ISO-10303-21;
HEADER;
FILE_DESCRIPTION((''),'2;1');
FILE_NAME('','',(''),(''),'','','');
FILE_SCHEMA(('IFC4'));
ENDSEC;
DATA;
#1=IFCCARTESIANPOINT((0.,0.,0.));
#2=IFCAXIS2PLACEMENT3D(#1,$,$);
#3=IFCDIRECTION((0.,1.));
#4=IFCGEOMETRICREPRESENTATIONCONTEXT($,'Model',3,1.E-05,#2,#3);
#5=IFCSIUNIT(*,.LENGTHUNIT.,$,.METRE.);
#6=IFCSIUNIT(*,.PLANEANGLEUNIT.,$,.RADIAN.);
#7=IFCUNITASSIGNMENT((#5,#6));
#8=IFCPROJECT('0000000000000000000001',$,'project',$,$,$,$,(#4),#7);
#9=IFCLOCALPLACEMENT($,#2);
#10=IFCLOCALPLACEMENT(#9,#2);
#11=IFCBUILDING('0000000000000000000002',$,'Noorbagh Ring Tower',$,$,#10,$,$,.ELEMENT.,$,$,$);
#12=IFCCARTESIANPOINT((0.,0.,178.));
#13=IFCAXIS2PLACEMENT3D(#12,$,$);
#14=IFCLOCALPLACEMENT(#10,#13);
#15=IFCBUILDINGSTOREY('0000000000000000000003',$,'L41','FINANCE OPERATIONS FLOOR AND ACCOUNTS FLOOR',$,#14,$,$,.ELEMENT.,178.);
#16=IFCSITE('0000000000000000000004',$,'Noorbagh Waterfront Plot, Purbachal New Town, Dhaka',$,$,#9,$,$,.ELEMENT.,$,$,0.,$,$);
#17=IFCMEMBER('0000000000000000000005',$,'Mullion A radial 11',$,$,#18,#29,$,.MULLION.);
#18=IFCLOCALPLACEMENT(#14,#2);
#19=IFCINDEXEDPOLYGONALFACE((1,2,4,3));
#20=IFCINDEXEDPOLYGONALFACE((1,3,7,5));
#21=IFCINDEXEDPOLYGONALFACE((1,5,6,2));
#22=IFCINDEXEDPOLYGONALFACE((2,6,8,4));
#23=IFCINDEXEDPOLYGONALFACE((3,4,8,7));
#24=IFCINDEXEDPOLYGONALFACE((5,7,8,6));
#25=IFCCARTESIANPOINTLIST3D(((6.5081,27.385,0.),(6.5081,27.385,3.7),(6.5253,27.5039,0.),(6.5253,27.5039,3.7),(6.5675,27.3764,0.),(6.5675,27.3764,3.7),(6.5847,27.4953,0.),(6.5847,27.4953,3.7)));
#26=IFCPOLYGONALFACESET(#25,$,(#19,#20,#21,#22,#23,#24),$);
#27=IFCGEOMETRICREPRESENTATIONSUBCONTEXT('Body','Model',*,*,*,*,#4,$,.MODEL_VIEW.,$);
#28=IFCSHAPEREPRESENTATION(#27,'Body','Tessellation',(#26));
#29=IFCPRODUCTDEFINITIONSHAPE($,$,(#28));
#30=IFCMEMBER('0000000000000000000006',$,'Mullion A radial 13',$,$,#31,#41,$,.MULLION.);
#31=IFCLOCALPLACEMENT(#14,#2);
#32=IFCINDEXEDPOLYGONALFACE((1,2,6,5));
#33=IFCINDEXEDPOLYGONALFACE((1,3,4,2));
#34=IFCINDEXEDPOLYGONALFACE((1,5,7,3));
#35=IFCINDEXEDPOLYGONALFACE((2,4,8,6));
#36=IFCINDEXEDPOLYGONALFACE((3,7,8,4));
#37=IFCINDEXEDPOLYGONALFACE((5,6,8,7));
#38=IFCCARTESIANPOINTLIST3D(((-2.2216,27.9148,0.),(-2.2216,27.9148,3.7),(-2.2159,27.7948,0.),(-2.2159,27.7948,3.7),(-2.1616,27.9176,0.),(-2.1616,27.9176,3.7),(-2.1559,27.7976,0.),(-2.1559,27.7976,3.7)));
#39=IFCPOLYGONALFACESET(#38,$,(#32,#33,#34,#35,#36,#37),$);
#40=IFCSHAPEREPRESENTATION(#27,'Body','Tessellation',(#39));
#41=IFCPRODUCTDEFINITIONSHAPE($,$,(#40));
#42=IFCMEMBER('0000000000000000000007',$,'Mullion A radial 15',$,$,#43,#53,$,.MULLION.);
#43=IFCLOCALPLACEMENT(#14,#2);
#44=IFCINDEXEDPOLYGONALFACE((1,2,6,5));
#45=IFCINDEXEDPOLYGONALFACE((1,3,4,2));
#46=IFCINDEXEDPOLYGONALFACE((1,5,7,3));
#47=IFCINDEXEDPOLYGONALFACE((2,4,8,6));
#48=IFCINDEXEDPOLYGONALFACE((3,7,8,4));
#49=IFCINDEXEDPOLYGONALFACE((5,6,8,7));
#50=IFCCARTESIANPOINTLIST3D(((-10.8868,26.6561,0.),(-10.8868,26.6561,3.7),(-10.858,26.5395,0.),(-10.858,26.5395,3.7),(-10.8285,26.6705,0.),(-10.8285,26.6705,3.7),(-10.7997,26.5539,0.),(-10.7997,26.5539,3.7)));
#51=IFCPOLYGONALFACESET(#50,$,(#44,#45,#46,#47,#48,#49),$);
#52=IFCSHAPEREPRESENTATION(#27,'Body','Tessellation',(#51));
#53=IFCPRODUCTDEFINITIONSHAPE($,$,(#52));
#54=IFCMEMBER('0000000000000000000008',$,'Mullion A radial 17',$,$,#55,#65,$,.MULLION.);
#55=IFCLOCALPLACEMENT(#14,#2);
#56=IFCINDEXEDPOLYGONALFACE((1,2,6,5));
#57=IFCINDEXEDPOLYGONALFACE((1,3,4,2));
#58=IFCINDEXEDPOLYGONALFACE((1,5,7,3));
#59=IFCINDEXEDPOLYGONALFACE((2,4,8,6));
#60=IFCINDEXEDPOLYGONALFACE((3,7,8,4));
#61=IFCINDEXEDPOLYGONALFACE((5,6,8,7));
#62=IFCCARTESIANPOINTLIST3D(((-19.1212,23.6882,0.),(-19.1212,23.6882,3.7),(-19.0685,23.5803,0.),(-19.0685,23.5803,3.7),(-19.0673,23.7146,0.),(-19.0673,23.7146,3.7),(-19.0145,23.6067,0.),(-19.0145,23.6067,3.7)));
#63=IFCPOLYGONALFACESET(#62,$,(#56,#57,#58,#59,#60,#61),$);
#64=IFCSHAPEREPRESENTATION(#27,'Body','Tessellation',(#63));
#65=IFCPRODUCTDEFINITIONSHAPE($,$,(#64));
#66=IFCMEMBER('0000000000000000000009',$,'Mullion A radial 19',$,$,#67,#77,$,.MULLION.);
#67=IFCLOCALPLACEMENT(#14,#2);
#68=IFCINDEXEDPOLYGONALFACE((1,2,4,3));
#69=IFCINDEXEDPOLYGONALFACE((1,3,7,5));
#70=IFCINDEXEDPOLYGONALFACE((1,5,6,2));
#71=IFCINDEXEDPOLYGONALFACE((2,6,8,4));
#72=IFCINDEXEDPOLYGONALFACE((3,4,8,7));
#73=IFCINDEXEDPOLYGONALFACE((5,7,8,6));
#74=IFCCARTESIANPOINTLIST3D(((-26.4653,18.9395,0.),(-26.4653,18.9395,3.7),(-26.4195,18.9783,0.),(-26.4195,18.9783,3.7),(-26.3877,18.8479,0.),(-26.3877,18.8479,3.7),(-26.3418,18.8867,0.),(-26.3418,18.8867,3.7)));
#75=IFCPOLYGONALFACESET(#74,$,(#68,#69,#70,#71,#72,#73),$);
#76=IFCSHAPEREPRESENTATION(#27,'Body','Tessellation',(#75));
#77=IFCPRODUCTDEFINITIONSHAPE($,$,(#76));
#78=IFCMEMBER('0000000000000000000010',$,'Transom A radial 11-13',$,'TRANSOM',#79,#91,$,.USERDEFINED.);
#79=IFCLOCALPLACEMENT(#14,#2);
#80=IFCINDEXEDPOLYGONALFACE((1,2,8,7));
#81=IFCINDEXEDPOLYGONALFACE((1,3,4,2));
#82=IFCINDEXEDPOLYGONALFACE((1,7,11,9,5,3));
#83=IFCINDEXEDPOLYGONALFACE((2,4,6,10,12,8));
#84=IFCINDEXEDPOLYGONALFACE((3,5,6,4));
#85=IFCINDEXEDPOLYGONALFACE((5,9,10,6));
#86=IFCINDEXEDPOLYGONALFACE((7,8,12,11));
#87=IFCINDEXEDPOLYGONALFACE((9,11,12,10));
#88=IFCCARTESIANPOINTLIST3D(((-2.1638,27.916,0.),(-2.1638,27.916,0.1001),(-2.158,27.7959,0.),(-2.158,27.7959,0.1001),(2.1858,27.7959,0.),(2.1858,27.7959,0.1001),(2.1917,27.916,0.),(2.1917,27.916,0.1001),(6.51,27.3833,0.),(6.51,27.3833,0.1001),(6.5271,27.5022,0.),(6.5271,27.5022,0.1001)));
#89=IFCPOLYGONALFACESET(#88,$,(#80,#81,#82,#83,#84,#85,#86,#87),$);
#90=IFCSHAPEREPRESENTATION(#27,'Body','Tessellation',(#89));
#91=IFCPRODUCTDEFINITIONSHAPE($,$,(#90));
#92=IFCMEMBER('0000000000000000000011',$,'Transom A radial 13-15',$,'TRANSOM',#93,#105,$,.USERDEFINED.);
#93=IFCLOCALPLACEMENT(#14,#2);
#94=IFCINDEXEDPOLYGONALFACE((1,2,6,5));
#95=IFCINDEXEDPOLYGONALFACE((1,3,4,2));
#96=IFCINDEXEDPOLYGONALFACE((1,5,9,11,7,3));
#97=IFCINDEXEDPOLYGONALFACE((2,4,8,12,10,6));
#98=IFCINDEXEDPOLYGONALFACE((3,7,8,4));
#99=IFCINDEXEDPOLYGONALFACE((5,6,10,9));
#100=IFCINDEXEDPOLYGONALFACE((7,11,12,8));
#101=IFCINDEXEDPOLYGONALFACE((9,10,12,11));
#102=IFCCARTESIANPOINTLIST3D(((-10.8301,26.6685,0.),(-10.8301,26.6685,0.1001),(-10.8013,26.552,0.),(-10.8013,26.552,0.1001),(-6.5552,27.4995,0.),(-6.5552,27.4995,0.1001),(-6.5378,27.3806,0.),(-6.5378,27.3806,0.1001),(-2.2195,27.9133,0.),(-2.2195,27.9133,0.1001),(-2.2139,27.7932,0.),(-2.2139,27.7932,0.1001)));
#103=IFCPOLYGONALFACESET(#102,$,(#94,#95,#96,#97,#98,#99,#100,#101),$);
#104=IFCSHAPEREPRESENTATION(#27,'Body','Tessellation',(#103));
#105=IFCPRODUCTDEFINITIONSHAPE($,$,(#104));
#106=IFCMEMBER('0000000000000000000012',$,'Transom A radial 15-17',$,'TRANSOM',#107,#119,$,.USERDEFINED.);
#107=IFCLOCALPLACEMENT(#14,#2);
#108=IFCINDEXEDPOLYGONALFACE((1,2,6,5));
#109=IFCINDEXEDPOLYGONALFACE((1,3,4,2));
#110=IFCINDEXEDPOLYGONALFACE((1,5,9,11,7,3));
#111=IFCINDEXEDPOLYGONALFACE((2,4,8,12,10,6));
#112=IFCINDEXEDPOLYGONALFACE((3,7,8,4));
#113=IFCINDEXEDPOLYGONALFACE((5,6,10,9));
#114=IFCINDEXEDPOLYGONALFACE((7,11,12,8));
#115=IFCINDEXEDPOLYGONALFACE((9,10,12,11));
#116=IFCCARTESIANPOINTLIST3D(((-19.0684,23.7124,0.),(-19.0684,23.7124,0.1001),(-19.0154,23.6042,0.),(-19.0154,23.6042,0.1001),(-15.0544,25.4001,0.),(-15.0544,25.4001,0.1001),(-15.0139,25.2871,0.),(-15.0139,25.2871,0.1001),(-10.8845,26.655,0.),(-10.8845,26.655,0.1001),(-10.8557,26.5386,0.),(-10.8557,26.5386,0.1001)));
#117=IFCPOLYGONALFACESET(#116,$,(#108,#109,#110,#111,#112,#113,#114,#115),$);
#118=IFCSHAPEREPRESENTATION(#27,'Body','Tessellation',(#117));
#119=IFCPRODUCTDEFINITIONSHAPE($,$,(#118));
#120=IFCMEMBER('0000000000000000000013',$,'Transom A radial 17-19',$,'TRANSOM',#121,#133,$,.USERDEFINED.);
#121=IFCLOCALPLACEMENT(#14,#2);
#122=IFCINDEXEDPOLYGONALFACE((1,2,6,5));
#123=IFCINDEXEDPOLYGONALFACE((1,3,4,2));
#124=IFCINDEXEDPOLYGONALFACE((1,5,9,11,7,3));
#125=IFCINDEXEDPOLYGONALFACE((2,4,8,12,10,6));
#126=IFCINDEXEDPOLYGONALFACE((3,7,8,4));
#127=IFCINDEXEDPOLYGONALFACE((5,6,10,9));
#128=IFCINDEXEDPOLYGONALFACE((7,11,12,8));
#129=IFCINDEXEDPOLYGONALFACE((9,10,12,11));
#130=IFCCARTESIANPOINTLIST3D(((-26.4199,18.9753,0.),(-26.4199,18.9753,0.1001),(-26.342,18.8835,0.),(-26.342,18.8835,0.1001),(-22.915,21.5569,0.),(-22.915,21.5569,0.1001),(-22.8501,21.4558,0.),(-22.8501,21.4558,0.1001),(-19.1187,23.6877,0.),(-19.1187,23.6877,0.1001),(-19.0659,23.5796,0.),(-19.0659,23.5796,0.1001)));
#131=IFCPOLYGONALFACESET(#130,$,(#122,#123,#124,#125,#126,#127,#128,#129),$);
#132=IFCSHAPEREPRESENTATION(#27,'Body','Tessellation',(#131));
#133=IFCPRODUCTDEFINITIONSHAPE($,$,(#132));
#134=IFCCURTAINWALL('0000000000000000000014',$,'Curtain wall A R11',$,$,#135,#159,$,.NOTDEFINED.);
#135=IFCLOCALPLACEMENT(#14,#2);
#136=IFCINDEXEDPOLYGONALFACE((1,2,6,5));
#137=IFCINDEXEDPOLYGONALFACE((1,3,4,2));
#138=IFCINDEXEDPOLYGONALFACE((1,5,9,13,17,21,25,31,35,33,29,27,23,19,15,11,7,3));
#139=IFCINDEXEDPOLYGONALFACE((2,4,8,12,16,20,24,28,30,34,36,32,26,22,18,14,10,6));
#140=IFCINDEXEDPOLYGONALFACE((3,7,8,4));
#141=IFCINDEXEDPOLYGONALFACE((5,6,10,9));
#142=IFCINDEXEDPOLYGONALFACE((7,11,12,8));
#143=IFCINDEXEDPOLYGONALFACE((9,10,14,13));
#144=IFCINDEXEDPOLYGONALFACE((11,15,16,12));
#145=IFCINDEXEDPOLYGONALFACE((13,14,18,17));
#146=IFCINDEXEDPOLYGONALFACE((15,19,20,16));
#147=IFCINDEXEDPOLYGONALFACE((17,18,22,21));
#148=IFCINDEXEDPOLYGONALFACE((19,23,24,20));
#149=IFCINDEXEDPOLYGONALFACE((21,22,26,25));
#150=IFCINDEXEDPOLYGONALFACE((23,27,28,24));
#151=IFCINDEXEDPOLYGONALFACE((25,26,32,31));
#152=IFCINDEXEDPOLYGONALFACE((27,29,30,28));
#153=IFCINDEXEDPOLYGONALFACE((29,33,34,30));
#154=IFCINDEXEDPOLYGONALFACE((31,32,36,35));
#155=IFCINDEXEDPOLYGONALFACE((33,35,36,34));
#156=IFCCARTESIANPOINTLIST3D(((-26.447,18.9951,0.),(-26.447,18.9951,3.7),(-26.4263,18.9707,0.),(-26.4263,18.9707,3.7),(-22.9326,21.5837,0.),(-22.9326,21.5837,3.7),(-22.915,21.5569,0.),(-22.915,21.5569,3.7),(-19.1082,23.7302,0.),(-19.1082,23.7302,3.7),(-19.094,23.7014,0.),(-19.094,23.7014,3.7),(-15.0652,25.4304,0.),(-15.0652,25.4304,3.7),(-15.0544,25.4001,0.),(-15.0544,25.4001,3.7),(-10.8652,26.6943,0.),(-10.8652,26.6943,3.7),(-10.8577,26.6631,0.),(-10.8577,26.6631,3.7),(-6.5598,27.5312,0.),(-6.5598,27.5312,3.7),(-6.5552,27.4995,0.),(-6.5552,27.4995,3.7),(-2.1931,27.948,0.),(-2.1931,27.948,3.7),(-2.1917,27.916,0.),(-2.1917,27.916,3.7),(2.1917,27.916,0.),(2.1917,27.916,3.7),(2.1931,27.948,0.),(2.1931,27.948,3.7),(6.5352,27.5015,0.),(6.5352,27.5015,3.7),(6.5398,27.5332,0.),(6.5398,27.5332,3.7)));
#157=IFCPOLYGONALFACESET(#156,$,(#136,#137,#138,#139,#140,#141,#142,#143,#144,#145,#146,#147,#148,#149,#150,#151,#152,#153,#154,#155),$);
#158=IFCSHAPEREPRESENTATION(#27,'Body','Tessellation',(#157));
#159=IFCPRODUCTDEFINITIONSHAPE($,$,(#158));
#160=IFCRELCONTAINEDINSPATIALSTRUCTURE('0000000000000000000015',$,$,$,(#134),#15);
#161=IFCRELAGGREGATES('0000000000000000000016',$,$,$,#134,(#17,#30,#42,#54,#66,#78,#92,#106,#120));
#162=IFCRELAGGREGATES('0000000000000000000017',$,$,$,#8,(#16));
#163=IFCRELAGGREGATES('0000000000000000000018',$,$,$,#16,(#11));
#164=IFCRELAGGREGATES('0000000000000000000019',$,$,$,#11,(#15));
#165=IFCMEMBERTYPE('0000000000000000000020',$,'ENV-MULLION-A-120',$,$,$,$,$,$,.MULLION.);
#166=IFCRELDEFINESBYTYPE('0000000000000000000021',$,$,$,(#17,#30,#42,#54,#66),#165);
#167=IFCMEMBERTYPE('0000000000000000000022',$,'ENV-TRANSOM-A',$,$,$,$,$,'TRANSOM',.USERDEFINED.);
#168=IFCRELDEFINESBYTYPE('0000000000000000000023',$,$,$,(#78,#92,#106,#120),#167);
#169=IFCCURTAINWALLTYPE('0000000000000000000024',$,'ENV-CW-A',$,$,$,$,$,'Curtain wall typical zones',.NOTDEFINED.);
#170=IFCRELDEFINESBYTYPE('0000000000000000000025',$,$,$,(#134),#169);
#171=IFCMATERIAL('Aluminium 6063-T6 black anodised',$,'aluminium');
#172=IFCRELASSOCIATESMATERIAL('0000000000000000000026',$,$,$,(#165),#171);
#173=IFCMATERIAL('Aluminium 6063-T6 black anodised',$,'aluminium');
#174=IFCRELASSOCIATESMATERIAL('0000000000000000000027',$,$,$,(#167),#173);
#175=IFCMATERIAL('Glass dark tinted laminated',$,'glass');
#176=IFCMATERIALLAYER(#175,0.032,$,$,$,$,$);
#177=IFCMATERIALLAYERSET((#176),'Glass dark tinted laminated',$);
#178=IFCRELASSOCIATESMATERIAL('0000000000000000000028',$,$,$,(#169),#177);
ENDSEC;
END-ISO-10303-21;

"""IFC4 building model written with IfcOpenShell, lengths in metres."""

from ifc_helpers import new_model, si_unit, direction, frame, origin, origin_2d, place, context, subcontext, project, spatial, polyline, rectangle, outline, extrude, material, layer, layer_set, material_profile, profile_set, type_object, element, aggregate, save


model = new_model("IFC4")

# Units and contexts
model_context = context("Model", 3, precision=1e-05, world=origin(), true_north=direction((0.0, 1.0)))
body_context = subcontext(model_context, "Body", "Model", "MODEL_VIEW")
ifc_project = project(units=[si_unit("LENGTHUNIT", "METRE"), si_unit("PLANEANGLEUNIT", "RADIAN")], contexts=[model_context])

# Members
ifc_material_1 = material(Name="Aluminium 6063-T6 black anodised", Category="aluminium")
ifc_material_profile = material_profile(ifc_material_1, rectangle(XDim=0.1201, YDim=0.0601, at=origin_2d()), Name="120x60")
ifc_profile_set = profile_set([ifc_material_profile], Name="Aluminium 6063-T6 black anodised")
member_type_1 = type_object("IfcMemberType", Name="ENV-MULLION-A-120", PredefinedType="MULLION", material=ifc_profile_set)
site_placement = place(None, origin())
building_placement = place(site_placement, origin())
storey_placement = place(building_placement, frame((0.0, 0.0, 178.0)))
member_1_placement = place(storey_placement, frame((6.5464, 27.4402, 0.0), z_axis=(0.0, 0.0, 1.0), x_axis=(-0.143082, -0.989711, 0.0)))
member_1 = element("IfcMember", 1, at=member_1_placement, type_object=member_type_1, Name="Mullion A radial 11", PredefinedType="MULLION", context=body_context, shape_type="SweptSolid", body=[
    extrude(rectangle(XDim=0.1201, YDim=0.0601, at=origin_2d()), origin(), (0.0, 0.0, 1.0), 3.7),
])
member_2_placement = place(storey_placement, frame((-2.1887, 27.8562, 0.0), z_axis=(0.0, 0.0, 1.0), x_axis=(0.047558, -0.998868, 0.0)))
member_2 = element("IfcMember", 2, at=member_2_placement, type_object=member_type_1, Name="Mullion A radial 13", PredefinedType="MULLION", context=body_context, shape_type="SweptSolid", body=[
    extrude(rectangle(XDim=0.1201, YDim=0.0601, at=origin_2d()), origin(), (0.0, 0.0, 1.0), 3.7),
])
member_3_placement = place(storey_placement, frame((-10.8433, 26.605, 0.0), z_axis=(0.0, 0.0, 1.0), x_axis=(0.239799, -0.970823, 0.0)))
member_3 = element("IfcMember", 3, at=member_3_placement, type_object=member_type_1, Name="Mullion A radial 15", PredefinedType="MULLION", context=body_context, shape_type="SweptSolid", body=[
    extrude(rectangle(XDim=0.1201, YDim=0.0601, at=origin_2d()), origin(), (0.0, 0.0, 1.0), 3.7),
])
member_4_placement = place(storey_placement, frame((-19.0679, 23.6475, 0.0), z_axis=(0.0, 0.0, 1.0), x_axis=(0.439238, -0.898371, 0.0)))
member_4 = element("IfcMember", 4, at=member_4_placement, type_object=member_type_1, Name="Mullion A radial 17", PredefinedType="MULLION", context=body_context, shape_type="SweptSolid", body=[
    extrude(rectangle(XDim=0.1201, YDim=0.0601, at=origin_2d()), origin(), (0.0, 0.0, 1.0), 3.7),
])
member_5_placement = place(storey_placement, frame((-26.4036, 18.9131, 0.0), z_axis=(0.0, 0.0, 1.0), x_axis=(0.646451, -0.762955, 0.0)))
member_5 = element("IfcMember", 5, at=member_5_placement, type_object=member_type_1, Name="Mullion A radial 19", PredefinedType="MULLION", context=body_context, shape_type="SweptSolid", body=[
    extrude(rectangle(XDim=0.1201, YDim=0.0601, at=origin_2d()), origin(), (0.0, 0.0, 1.0), 3.7),
])
ifc_material_2 = material(Name="Aluminium 6063-T6 black anodised", Category="aluminium")
member_type_2 = type_object("IfcMemberType", Name="ENV-TRANSOM-A", ElementType="TRANSOM", PredefinedType="USERDEFINED", material=ifc_material_2)
member_6_placement = place(storey_placement, origin())
member_6 = element("IfcMember", 6, at=member_6_placement, type_object=member_type_2, Name="Transom A radial 11-13", ObjectType="TRANSOM", PredefinedType="USERDEFINED", context=body_context, shape_type="SweptSolid", body=[
    extrude(outline(polyline([(6.5271, 27.5022), (2.1917, 27.916), (-2.1638, 27.916), (-2.158, 27.7959), (2.1858, 27.7959), (6.51, 27.3833), (6.5271, 27.5022)])), origin(), (0.0, 0.0, 1.0), 0.1001),
])
member_7_placement = place(storey_placement, origin())
member_7 = element("IfcMember", 7, at=member_7_placement, type_object=member_type_2, Name="Transom A radial 13-15", ObjectType="TRANSOM", PredefinedType="USERDEFINED", context=body_context, shape_type="SweptSolid", body=[
    extrude(outline(polyline([(-2.2195, 27.9133), (-6.5552, 27.4995), (-10.8301, 26.6685), (-10.8013, 26.552), (-6.5378, 27.3806), (-2.2139, 27.7932), (-2.2195, 27.9133)])), origin(), (0.0, 0.0, 1.0), 0.1001),
])
member_8_placement = place(storey_placement, origin())
member_8 = element("IfcMember", 8, at=member_8_placement, type_object=member_type_2, Name="Transom A radial 15-17", ObjectType="TRANSOM", PredefinedType="USERDEFINED", context=body_context, shape_type="SweptSolid", body=[
    extrude(outline(polyline([(-10.8845, 26.655), (-15.0544, 25.4001), (-19.0684, 23.7124), (-19.0154, 23.6042), (-15.0139, 25.2871), (-10.8557, 26.5386), (-10.8845, 26.655)])), origin(), (0.0, 0.0, 1.0), 0.1001),
])
member_9_placement = place(storey_placement, origin())
member_9 = element("IfcMember", 9, at=member_9_placement, type_object=member_type_2, Name="Transom A radial 17-19", ObjectType="TRANSOM", PredefinedType="USERDEFINED", context=body_context, shape_type="SweptSolid", body=[
    extrude(outline(polyline([(-19.1187, 23.6877), (-22.915, 21.5569), (-26.4199, 18.9753), (-26.342, 18.8835), (-22.8501, 21.4558), (-19.0659, 23.5796), (-19.1187, 23.6877)])), origin(), (0.0, 0.0, 1.0), 0.1001),
])

# Site, building, storey
site = spatial("IfcSite", under=ifc_project, at=site_placement, Name="Noorbagh Waterfront Plot, Purbachal New Town, Dhaka", CompositionType="ELEMENT", RefElevation=0.0)
building = spatial("IfcBuilding", under=site, at=building_placement, Name="Noorbagh Ring Tower", CompositionType="ELEMENT")
storey = spatial("IfcBuildingStorey", under=building, at=storey_placement, Name="L41", Description="FINANCE OPERATIONS FLOOR AND ACCOUNTS FLOOR", CompositionType="ELEMENT", Elevation=178.0)

# Curtain wall
ifc_material_3 = material(Name="Glass dark tinted laminated", Category="glass")
ifc_layer_1 = layer(ifc_material_3, 0.032)
ifc_layer_set_1 = layer_set([ifc_layer_1], Name="Glass dark tinted laminated")
curtain_wall_type = type_object("IfcCurtainWallType", Name="ENV-CW-A", ElementType="Curtain wall typical zones", PredefinedType="NOTDEFINED", material=ifc_layer_set_1)
curtain_wall_1_placement = place(storey_placement, origin())
curtain_wall_1 = element("IfcCurtainWall", 10, at=curtain_wall_1_placement, inside=storey, type_object=curtain_wall_type, Name="Curtain wall A R11", PredefinedType="NOTDEFINED", context=body_context, shape_type="SweptSolid", body=[
    extrude(outline(polyline([(6.5398, 27.5332), (2.1931, 27.948), (-2.1931, 27.948), (-6.5598, 27.5312), (-10.8652, 26.6943), (-15.0652, 25.4304), (-19.1082, 23.7302), (-22.9326, 21.5837), (-26.447, 18.9951), (-26.4263, 18.9707), (-22.915, 21.5569), (-19.094, 23.7014), (-15.0544, 25.4001), (-10.8577, 26.6631), (-6.5552, 27.4995), (-2.1917, 27.916), (2.1917, 27.916), (6.5352, 27.5015), (6.5398, 27.5332)])), origin(), (0.0, 0.0, 1.0), 3.7),
])
aggregate(curtain_wall_1, [member_1, member_2, member_3, member_4, member_5, member_6, member_7, member_8, member_9])

save(model, "model.ifc")
